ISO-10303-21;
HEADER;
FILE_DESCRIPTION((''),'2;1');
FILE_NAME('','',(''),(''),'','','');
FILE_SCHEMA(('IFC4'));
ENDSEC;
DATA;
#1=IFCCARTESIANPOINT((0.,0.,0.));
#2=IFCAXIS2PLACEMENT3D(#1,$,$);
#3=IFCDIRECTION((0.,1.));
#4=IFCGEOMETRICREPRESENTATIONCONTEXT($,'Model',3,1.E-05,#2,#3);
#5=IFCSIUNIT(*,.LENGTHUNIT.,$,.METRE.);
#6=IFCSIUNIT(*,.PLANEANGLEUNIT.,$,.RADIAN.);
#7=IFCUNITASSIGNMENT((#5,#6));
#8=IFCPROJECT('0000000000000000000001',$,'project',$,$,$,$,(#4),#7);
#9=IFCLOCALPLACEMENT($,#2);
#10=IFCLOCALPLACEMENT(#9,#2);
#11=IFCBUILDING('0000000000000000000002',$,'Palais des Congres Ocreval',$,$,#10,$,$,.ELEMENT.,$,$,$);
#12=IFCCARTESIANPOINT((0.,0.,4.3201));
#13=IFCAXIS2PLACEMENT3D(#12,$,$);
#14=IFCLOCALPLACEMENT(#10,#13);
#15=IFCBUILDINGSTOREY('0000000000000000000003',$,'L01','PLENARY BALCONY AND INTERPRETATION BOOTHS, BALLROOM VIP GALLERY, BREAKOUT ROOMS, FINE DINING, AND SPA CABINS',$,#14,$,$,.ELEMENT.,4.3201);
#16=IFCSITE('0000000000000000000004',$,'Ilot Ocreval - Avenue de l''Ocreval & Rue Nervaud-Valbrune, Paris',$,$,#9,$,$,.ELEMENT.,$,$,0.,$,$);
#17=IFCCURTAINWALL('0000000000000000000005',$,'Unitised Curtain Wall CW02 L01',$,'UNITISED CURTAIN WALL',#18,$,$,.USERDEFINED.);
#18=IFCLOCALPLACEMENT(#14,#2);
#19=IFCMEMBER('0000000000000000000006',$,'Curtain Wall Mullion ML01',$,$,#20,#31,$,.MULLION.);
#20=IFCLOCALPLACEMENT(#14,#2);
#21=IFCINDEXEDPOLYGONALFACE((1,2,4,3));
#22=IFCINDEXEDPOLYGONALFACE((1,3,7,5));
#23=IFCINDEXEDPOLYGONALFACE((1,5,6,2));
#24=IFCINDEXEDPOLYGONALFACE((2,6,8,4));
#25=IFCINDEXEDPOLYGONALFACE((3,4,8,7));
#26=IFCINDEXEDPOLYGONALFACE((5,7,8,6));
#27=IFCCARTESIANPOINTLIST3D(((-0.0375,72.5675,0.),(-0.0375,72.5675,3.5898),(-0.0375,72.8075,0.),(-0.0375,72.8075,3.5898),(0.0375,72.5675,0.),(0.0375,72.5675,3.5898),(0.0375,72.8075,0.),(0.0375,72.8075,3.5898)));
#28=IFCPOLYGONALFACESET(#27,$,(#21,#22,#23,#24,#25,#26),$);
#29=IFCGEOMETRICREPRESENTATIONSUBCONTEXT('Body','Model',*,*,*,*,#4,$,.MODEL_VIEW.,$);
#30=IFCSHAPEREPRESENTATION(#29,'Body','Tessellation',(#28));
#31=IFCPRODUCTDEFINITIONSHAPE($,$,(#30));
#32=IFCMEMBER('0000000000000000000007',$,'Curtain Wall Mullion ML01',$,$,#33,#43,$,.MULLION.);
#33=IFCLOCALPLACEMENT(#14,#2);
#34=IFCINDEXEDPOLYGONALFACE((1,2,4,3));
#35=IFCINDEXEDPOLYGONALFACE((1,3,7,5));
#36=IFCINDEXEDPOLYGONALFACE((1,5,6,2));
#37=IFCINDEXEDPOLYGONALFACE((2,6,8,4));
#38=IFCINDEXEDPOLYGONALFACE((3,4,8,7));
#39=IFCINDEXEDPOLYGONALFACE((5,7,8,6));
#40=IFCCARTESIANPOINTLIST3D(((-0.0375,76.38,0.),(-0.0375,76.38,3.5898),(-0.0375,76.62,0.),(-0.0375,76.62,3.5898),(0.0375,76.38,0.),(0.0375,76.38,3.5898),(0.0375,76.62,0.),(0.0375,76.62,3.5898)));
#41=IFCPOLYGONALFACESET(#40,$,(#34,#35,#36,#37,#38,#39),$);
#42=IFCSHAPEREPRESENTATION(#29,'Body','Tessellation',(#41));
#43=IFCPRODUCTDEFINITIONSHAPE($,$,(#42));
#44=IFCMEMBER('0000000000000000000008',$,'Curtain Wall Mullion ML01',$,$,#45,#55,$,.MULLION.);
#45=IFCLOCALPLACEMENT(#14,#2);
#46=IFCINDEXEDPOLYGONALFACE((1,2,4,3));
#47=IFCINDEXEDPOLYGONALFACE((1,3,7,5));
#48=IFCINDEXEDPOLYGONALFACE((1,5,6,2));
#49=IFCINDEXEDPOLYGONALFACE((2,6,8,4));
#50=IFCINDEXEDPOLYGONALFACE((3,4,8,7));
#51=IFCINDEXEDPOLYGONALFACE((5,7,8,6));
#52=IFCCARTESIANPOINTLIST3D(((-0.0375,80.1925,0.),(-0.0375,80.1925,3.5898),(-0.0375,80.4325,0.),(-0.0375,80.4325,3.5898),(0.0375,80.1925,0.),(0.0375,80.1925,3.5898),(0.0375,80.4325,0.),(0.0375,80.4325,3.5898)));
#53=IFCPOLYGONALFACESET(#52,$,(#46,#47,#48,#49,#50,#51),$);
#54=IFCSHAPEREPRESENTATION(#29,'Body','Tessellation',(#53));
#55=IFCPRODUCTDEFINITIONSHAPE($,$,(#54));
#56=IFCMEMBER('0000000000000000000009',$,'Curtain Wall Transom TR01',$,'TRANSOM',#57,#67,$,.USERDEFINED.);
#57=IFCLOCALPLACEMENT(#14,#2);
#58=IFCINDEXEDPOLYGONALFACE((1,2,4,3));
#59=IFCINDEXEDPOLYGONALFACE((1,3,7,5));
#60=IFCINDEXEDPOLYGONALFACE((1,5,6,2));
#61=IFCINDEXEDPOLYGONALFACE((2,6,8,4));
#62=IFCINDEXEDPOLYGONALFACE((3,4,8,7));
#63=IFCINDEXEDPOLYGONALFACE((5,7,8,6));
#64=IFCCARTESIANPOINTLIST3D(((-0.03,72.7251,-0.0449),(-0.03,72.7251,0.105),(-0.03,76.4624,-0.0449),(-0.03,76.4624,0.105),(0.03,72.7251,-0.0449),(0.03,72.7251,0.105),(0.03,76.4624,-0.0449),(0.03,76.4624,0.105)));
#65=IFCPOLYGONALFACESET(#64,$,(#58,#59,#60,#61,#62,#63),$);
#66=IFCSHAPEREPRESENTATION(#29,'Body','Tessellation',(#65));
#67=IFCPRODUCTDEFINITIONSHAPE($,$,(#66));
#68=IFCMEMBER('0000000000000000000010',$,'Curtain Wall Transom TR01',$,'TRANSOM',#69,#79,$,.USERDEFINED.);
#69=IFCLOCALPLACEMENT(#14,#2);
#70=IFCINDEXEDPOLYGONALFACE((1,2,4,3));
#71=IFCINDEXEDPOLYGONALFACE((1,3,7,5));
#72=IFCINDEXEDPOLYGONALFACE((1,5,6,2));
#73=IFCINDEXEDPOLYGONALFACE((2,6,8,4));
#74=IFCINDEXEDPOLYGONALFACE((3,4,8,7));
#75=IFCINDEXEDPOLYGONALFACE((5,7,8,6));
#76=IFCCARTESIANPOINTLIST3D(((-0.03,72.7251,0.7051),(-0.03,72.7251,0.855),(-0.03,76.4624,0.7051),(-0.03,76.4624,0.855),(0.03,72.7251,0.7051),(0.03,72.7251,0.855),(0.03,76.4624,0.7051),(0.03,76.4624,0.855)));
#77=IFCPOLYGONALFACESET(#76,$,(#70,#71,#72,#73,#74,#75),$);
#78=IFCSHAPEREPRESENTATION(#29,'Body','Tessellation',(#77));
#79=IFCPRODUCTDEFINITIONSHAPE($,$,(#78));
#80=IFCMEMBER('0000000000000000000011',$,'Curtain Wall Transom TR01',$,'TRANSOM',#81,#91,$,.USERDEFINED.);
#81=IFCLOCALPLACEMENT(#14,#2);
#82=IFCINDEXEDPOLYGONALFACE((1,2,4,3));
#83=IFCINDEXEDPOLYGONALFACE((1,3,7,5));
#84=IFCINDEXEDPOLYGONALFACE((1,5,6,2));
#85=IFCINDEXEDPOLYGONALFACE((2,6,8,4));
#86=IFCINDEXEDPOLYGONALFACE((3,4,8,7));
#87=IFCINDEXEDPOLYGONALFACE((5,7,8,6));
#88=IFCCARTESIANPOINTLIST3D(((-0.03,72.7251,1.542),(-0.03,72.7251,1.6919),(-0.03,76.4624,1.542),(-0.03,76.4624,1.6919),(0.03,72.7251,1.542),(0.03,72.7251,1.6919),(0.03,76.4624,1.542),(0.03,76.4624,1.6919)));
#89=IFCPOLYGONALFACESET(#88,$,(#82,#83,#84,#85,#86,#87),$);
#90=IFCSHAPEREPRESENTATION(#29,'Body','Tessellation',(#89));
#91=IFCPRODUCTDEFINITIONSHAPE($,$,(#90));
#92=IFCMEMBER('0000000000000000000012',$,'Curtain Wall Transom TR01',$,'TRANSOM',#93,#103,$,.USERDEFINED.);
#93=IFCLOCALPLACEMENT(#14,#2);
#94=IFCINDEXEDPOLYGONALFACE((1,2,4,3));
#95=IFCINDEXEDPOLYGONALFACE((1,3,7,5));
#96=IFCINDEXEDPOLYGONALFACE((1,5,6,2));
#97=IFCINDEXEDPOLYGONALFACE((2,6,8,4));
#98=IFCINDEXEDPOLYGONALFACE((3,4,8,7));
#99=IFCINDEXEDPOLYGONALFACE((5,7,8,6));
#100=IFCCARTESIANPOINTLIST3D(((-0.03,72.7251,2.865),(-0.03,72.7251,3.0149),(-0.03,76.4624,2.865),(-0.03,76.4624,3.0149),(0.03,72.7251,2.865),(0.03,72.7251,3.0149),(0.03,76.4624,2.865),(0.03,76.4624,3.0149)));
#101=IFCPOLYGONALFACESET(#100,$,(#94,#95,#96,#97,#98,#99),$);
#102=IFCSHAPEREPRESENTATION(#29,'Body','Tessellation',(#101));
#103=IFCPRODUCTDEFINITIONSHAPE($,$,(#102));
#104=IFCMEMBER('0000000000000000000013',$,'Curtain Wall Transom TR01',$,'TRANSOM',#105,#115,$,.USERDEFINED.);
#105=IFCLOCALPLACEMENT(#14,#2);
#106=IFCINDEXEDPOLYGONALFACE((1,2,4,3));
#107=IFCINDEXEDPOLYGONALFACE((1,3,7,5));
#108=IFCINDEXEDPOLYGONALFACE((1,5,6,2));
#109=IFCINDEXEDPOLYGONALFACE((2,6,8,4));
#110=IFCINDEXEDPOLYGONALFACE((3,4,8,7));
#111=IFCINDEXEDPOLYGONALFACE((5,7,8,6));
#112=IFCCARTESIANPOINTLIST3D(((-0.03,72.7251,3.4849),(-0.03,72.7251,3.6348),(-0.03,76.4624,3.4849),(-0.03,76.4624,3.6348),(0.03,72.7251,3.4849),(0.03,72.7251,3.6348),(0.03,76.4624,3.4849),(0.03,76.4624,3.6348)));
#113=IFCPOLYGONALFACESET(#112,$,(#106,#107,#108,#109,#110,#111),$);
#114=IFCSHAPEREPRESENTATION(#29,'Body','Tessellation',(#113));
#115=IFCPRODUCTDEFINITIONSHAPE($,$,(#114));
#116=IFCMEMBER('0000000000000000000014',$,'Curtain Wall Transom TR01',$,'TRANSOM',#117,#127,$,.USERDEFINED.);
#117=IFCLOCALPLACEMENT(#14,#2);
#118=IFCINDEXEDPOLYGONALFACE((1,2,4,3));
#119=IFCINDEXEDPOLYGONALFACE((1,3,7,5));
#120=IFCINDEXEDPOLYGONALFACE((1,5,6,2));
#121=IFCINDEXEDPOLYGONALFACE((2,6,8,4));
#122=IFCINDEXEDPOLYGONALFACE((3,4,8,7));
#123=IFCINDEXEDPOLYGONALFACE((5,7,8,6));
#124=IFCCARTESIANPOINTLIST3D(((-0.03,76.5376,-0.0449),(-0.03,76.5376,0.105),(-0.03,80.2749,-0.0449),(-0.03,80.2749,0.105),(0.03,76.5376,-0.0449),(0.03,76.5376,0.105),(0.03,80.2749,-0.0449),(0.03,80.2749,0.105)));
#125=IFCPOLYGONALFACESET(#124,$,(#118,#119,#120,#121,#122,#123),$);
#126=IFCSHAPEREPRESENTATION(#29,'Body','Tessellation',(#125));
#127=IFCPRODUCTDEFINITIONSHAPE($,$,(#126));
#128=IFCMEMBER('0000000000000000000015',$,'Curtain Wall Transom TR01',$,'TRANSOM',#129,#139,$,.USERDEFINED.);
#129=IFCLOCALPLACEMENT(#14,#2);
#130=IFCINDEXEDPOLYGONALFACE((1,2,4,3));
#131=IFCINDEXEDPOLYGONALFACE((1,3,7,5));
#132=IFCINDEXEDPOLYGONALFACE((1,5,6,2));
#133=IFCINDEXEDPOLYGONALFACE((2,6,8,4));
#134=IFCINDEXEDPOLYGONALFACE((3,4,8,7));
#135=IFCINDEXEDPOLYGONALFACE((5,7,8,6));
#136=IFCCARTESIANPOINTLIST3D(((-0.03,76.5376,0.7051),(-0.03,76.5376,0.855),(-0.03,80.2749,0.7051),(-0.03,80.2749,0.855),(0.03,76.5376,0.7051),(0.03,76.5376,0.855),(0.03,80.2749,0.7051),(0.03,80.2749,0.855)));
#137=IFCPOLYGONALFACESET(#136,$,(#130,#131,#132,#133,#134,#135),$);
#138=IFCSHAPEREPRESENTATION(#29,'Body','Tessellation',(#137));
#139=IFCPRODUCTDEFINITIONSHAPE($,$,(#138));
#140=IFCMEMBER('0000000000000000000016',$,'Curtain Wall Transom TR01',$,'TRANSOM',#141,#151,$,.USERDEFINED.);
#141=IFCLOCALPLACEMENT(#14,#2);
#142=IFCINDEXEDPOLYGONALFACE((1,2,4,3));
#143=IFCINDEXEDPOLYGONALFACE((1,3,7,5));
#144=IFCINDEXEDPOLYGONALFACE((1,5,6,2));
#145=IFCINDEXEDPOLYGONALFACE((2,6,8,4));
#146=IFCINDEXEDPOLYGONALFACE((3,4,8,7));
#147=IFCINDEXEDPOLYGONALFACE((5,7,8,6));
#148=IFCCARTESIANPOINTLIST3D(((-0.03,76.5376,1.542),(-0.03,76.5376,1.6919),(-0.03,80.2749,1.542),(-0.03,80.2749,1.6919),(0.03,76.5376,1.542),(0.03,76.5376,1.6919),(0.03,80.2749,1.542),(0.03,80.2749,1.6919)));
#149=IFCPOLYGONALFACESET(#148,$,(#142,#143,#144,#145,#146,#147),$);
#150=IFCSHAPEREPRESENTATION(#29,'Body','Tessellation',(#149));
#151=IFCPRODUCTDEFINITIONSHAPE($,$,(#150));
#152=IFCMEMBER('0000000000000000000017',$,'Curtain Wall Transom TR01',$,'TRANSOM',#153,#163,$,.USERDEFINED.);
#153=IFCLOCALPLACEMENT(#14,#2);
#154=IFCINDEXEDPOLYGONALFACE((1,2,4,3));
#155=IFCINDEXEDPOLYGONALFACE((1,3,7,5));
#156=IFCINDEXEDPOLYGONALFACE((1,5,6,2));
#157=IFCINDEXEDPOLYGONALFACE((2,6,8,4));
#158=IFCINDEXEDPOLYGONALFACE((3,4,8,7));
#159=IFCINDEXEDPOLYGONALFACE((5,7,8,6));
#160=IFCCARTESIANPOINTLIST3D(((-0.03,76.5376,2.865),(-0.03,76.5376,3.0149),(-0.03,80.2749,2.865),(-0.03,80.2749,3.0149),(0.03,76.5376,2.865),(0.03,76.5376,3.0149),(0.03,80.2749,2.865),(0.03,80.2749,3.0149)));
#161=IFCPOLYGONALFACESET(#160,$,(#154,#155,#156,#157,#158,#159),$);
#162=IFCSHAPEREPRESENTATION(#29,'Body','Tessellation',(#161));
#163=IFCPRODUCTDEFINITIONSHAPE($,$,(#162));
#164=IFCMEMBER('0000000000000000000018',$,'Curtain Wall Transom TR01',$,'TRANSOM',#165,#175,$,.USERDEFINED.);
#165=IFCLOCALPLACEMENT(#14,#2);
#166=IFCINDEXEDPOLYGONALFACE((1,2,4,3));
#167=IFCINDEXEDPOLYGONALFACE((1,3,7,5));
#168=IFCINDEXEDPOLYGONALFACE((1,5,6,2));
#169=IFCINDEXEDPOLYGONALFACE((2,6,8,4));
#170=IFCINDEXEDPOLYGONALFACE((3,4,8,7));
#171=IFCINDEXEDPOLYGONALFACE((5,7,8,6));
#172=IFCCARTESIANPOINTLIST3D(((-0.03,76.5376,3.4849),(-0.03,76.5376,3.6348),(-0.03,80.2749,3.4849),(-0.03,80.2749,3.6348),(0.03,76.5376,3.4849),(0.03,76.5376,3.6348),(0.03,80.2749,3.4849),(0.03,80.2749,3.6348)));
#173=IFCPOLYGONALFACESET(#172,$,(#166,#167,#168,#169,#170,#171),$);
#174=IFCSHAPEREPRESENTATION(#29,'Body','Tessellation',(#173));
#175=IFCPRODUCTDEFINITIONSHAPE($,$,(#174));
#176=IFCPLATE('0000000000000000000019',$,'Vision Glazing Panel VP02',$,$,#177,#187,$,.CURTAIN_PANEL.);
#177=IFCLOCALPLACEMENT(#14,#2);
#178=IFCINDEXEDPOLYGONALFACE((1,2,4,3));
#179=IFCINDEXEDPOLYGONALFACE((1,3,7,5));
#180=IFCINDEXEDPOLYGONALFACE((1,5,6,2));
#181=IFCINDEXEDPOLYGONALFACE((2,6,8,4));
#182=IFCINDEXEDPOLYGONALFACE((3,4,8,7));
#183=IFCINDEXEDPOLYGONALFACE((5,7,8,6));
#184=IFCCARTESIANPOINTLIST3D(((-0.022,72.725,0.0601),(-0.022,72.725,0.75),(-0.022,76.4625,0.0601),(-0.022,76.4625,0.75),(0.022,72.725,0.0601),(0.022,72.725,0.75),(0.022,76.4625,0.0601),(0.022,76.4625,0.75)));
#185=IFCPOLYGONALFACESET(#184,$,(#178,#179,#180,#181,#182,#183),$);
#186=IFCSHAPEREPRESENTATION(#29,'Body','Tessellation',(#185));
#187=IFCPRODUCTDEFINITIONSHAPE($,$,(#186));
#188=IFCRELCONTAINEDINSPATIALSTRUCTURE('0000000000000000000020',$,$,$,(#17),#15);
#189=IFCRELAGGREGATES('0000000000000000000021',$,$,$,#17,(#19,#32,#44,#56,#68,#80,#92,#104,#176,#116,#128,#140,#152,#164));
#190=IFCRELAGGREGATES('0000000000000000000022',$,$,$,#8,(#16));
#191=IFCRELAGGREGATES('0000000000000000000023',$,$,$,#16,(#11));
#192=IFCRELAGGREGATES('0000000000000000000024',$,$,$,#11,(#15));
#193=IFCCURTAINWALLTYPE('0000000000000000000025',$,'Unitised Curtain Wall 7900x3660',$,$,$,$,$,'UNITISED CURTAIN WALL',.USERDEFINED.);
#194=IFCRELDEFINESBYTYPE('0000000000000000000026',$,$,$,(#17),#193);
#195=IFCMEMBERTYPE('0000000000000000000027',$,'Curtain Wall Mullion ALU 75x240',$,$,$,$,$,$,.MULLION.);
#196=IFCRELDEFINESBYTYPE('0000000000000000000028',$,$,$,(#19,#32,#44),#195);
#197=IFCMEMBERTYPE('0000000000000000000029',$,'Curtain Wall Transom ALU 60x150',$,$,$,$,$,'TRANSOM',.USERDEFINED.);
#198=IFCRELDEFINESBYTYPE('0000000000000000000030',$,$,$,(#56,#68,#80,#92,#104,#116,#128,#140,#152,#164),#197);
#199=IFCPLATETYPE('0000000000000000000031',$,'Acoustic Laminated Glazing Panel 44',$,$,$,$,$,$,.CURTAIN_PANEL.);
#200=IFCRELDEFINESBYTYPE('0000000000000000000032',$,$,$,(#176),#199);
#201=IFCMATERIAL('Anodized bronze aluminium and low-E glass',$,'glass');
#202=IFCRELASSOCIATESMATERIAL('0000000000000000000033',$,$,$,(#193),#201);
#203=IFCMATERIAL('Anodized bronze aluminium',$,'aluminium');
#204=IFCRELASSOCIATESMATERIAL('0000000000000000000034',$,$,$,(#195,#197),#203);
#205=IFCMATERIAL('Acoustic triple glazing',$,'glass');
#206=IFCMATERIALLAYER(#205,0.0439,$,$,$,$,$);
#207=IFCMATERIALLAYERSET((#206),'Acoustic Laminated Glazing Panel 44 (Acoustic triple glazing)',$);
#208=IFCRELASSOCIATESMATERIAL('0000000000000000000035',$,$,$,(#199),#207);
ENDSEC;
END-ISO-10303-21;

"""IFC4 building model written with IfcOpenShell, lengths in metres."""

from ifc_helpers import new_model, si_unit, direction, frame, origin, origin_2d, place, context, subcontext, project, spatial, rectangle, extrude, material, layer, layer_set, material_profile, profile_set, type_object, element, aggregate, save


model = new_model("IFC4")

# Units and contexts
model_context = context("Model", 3, precision=1e-05, world=origin(), true_north=direction((0.0, 1.0)))
body_context = subcontext(model_context, "Body", "Model", "MODEL_VIEW")
ifc_project = project(units=[si_unit("LENGTHUNIT", "METRE"), si_unit("PLANEANGLEUNIT", "RADIAN")], contexts=[model_context])

# Site, building, storey
site_placement = place(None, origin())
site = spatial("IfcSite", under=ifc_project, at=site_placement, Name="Ilot Ocreval - Avenue de l'Ocreval & Rue Nervaud-Valbrune, Paris", CompositionType="ELEMENT", RefElevation=0.0)
building_placement = place(site_placement, origin())
building = spatial("IfcBuilding", under=site, at=building_placement, Name="Palais des Congres Ocreval", CompositionType="ELEMENT")
storey_placement = place(building_placement, frame((0.0, 0.0, 4.3201)))
storey = spatial("IfcBuildingStorey", under=building, at=storey_placement, Name="L01", Description="PLENARY BALCONY AND INTERPRETATION BOOTHS, BALLROOM VIP GALLERY, BREAKOUT ROOMS, FINE DINING, AND SPA CABINS", CompositionType="ELEMENT", Elevation=4.3201)

# Curtain wall, members, plate
ifc_material_1 = material(Name="Anodized bronze aluminium and low-E glass", Category="glass")
curtain_wall_type = type_object("IfcCurtainWallType", Name="Unitised Curtain Wall 7900x3660", ElementType="UNITISED CURTAIN WALL", PredefinedType="USERDEFINED", material=ifc_material_1)
curtain_wall_placement = place(storey_placement, origin())
curtain_wall = element("IfcCurtainWall", 1, at=curtain_wall_placement, inside=storey, type_object=curtain_wall_type, Name="Unitised Curtain Wall CW02 L01", ObjectType="UNITISED CURTAIN WALL", PredefinedType="USERDEFINED")
ifc_material_2 = material(Name="Anodized bronze aluminium", Category="aluminium")
ifc_material_profile_1 = material_profile(ifc_material_2, rectangle(XDim=0.075, YDim=0.24, at=origin_2d()), Name="ALU 75x240")
ifc_profile_set_1 = profile_set([ifc_material_profile_1], Name="Anodized bronze aluminium")
member_type_1 = type_object("IfcMemberType", Name="Curtain Wall Mullion ALU 75x240", PredefinedType="MULLION", material=ifc_profile_set_1)
member_1_placement = place(storey_placement, frame((0.0, 72.6875, 0.0), z_axis=(0.0, 0.0, 1.0), x_axis=(-1.0, 0.0, 0.0)))
member_1 = element("IfcMember", 2, at=member_1_placement, type_object=member_type_1, Name="Curtain Wall Mullion ML01", PredefinedType="MULLION", context=body_context, shape_type="SweptSolid", body=[
    extrude(rectangle(XDim=0.075, YDim=0.24, at=origin_2d()), origin(), (0.0, 0.0, 1.0), 3.5898),
])
member_2_placement = place(storey_placement, frame((0.0, 76.5, 0.0), z_axis=(0.0, 0.0, 1.0), x_axis=(-1.0, 0.0, 0.0)))
member_2 = element("IfcMember", 3, at=member_2_placement, type_object=member_type_1, Name="Curtain Wall Mullion ML01", PredefinedType="MULLION", context=body_context, shape_type="SweptSolid", body=[
    extrude(rectangle(XDim=0.075, YDim=0.24, at=origin_2d()), origin(), (0.0, 0.0, 1.0), 3.5898),
])
member_3_placement = place(storey_placement, frame((0.0, 80.3125, 0.0), z_axis=(0.0, 0.0, 1.0), x_axis=(-1.0, 0.0, 0.0)))
member_3 = element("IfcMember", 4, at=member_3_placement, type_object=member_type_1, Name="Curtain Wall Mullion ML01", PredefinedType="MULLION", context=body_context, shape_type="SweptSolid", body=[
    extrude(rectangle(XDim=0.075, YDim=0.24, at=origin_2d()), origin(), (0.0, 0.0, 1.0), 3.5898),
])
ifc_material_profile_2 = material_profile(ifc_material_2, rectangle(XDim=0.0601, YDim=0.1499, at=origin_2d()), Name="ALU 60x150")
ifc_profile_set_2 = profile_set([ifc_material_profile_2], Name="Anodized bronze aluminium")
member_type_2 = type_object("IfcMemberType", Name="Curtain Wall Transom ALU 60x150", ElementType="TRANSOM", PredefinedType="USERDEFINED", material=ifc_profile_set_2)
member_4_placement = place(storey_placement, frame((0.0, 72.7251, 0.03), z_axis=(0.0, 1.0, 0.0), x_axis=(-1.0, 0.0, 0.0)))
member_4 = element("IfcMember", 5, at=member_4_placement, type_object=member_type_2, Name="Curtain Wall Transom TR01", ObjectType="TRANSOM", PredefinedType="USERDEFINED", context=body_context, shape_type="SweptSolid", body=[
    extrude(rectangle(XDim=0.0601, YDim=0.1499, at=origin_2d()), origin(), (0.0, 0.0, 1.0), 3.7373),
])
member_5_placement = place(storey_placement, frame((0.0, 72.7251, 0.78), z_axis=(0.0, 1.0, 0.0), x_axis=(-1.0, 0.0, 0.0)))
member_5 = element("IfcMember", 6, at=member_5_placement, type_object=member_type_2, Name="Curtain Wall Transom TR01", ObjectType="TRANSOM", PredefinedType="USERDEFINED", context=body_context, shape_type="SweptSolid", body=[
    extrude(rectangle(XDim=0.0601, YDim=0.1499, at=origin_2d()), origin(), (0.0, 0.0, 1.0), 3.7373),
])
member_6_placement = place(storey_placement, frame((0.0, 72.7251, 1.6169), z_axis=(0.0, 1.0, 0.0), x_axis=(-1.0, 0.0, 0.0)))
member_6 = element("IfcMember", 7, at=member_6_placement, type_object=member_type_2, Name="Curtain Wall Transom TR01", ObjectType="TRANSOM", PredefinedType="USERDEFINED", context=body_context, shape_type="SweptSolid", body=[
    extrude(rectangle(XDim=0.0601, YDim=0.1499, at=origin_2d()), origin(), (0.0, 0.0, 1.0), 3.7373),
])
member_7_placement = place(storey_placement, frame((0.0, 72.7251, 2.9399), z_axis=(0.0, 1.0, 0.0), x_axis=(-1.0, 0.0, 0.0)))
member_7 = element("IfcMember", 8, at=member_7_placement, type_object=member_type_2, Name="Curtain Wall Transom TR01", ObjectType="TRANSOM", PredefinedType="USERDEFINED", context=body_context, shape_type="SweptSolid", body=[
    extrude(rectangle(XDim=0.0601, YDim=0.1499, at=origin_2d()), origin(), (0.0, 0.0, 1.0), 3.7373),
])
member_8_placement = place(storey_placement, frame((0.0, 72.7251, 3.5598), z_axis=(0.0, 1.0, 0.0), x_axis=(-1.0, 0.0, 0.0)))
member_8 = element("IfcMember", 9, at=member_8_placement, type_object=member_type_2, Name="Curtain Wall Transom TR01", ObjectType="TRANSOM", PredefinedType="USERDEFINED", context=body_context, shape_type="SweptSolid", body=[
    extrude(rectangle(XDim=0.0601, YDim=0.1499, at=origin_2d()), origin(), (0.0, 0.0, 1.0), 3.7373),
])
member_9_placement = place(storey_placement, frame((0.0, 76.5376, 0.03), z_axis=(0.0, 1.0, 0.0), x_axis=(-1.0, 0.0, 0.0)))
member_9 = element("IfcMember", 10, at=member_9_placement, type_object=member_type_2, Name="Curtain Wall Transom TR01", ObjectType="TRANSOM", PredefinedType="USERDEFINED", context=body_context, shape_type="SweptSolid", body=[
    extrude(rectangle(XDim=0.0601, YDim=0.1499, at=origin_2d()), origin(), (0.0, 0.0, 1.0), 3.7373),
])
member_10_placement = place(storey_placement, frame((0.0, 76.5376, 0.78), z_axis=(0.0, 1.0, 0.0), x_axis=(-1.0, 0.0, 0.0)))
member_10 = element("IfcMember", 11, at=member_10_placement, type_object=member_type_2, Name="Curtain Wall Transom TR01", ObjectType="TRANSOM", PredefinedType="USERDEFINED", context=body_context, shape_type="SweptSolid", body=[
    extrude(rectangle(XDim=0.0601, YDim=0.1499, at=origin_2d()), origin(), (0.0, 0.0, 1.0), 3.7373),
])
member_11_placement = place(storey_placement, frame((0.0, 76.5376, 1.6169), z_axis=(0.0, 1.0, 0.0), x_axis=(-1.0, 0.0, 0.0)))
member_11 = element("IfcMember", 12, at=member_11_placement, type_object=member_type_2, Name="Curtain Wall Transom TR01", ObjectType="TRANSOM", PredefinedType="USERDEFINED", context=body_context, shape_type="SweptSolid", body=[
    extrude(rectangle(XDim=0.0601, YDim=0.1499, at=origin_2d()), origin(), (0.0, 0.0, 1.0), 3.7373),
])
member_12_placement = place(storey_placement, frame((0.0, 76.5376, 2.9399), z_axis=(0.0, 1.0, 0.0), x_axis=(-1.0, 0.0, 0.0)))
member_12 = element("IfcMember", 13, at=member_12_placement, type_object=member_type_2, Name="Curtain Wall Transom TR01", ObjectType="TRANSOM", PredefinedType="USERDEFINED", context=body_context, shape_type="SweptSolid", body=[
    extrude(rectangle(XDim=0.0601, YDim=0.1499, at=origin_2d()), origin(), (0.0, 0.0, 1.0), 3.7373),
])
member_13_placement = place(storey_placement, frame((0.0, 76.5376, 3.5598), z_axis=(0.0, 1.0, 0.0), x_axis=(-1.0, 0.0, 0.0)))
member_13 = element("IfcMember", 14, at=member_13_placement, type_object=member_type_2, Name="Curtain Wall Transom TR01", ObjectType="TRANSOM", PredefinedType="USERDEFINED", context=body_context, shape_type="SweptSolid", body=[
    extrude(rectangle(XDim=0.0601, YDim=0.1499, at=origin_2d()), origin(), (0.0, 0.0, 1.0), 3.7373),
])
ifc_material_3 = material(Name="Acoustic triple glazing", Category="glass")
ifc_layer_1 = layer(ifc_material_3, 0.0439)
ifc_layer_set_1 = layer_set([ifc_layer_1], Name="Acoustic Laminated Glazing Panel 44 (Acoustic triple glazing)")
plate_type_1 = type_object("IfcPlateType", Name="Acoustic Laminated Glazing Panel 44", PredefinedType="CURTAIN_PANEL", material=ifc_layer_set_1)
plate_1_placement = place(storey_placement, frame((0.0, 74.5938, 0.0601), z_axis=(0.0, 0.0, 1.0), x_axis=(0.0, 1.0, 0.0)))
plate_1 = element("IfcPlate", 15, at=plate_1_placement, type_object=plate_type_1, Name="Vision Glazing Panel VP02", PredefinedType="CURTAIN_PANEL", context=body_context, shape_type="SweptSolid", body=[
    extrude(rectangle(XDim=3.7375, YDim=0.0439, at=origin_2d()), origin(), (0.0, 0.0, 1.0), 0.6899),
])
aggregate(curtain_wall, [member_1, member_2, member_3, member_4, member_5, member_6, member_7, member_8, plate_1, member_9, member_10, member_11, member_12, member_13])

save(model, "model.ifc")
